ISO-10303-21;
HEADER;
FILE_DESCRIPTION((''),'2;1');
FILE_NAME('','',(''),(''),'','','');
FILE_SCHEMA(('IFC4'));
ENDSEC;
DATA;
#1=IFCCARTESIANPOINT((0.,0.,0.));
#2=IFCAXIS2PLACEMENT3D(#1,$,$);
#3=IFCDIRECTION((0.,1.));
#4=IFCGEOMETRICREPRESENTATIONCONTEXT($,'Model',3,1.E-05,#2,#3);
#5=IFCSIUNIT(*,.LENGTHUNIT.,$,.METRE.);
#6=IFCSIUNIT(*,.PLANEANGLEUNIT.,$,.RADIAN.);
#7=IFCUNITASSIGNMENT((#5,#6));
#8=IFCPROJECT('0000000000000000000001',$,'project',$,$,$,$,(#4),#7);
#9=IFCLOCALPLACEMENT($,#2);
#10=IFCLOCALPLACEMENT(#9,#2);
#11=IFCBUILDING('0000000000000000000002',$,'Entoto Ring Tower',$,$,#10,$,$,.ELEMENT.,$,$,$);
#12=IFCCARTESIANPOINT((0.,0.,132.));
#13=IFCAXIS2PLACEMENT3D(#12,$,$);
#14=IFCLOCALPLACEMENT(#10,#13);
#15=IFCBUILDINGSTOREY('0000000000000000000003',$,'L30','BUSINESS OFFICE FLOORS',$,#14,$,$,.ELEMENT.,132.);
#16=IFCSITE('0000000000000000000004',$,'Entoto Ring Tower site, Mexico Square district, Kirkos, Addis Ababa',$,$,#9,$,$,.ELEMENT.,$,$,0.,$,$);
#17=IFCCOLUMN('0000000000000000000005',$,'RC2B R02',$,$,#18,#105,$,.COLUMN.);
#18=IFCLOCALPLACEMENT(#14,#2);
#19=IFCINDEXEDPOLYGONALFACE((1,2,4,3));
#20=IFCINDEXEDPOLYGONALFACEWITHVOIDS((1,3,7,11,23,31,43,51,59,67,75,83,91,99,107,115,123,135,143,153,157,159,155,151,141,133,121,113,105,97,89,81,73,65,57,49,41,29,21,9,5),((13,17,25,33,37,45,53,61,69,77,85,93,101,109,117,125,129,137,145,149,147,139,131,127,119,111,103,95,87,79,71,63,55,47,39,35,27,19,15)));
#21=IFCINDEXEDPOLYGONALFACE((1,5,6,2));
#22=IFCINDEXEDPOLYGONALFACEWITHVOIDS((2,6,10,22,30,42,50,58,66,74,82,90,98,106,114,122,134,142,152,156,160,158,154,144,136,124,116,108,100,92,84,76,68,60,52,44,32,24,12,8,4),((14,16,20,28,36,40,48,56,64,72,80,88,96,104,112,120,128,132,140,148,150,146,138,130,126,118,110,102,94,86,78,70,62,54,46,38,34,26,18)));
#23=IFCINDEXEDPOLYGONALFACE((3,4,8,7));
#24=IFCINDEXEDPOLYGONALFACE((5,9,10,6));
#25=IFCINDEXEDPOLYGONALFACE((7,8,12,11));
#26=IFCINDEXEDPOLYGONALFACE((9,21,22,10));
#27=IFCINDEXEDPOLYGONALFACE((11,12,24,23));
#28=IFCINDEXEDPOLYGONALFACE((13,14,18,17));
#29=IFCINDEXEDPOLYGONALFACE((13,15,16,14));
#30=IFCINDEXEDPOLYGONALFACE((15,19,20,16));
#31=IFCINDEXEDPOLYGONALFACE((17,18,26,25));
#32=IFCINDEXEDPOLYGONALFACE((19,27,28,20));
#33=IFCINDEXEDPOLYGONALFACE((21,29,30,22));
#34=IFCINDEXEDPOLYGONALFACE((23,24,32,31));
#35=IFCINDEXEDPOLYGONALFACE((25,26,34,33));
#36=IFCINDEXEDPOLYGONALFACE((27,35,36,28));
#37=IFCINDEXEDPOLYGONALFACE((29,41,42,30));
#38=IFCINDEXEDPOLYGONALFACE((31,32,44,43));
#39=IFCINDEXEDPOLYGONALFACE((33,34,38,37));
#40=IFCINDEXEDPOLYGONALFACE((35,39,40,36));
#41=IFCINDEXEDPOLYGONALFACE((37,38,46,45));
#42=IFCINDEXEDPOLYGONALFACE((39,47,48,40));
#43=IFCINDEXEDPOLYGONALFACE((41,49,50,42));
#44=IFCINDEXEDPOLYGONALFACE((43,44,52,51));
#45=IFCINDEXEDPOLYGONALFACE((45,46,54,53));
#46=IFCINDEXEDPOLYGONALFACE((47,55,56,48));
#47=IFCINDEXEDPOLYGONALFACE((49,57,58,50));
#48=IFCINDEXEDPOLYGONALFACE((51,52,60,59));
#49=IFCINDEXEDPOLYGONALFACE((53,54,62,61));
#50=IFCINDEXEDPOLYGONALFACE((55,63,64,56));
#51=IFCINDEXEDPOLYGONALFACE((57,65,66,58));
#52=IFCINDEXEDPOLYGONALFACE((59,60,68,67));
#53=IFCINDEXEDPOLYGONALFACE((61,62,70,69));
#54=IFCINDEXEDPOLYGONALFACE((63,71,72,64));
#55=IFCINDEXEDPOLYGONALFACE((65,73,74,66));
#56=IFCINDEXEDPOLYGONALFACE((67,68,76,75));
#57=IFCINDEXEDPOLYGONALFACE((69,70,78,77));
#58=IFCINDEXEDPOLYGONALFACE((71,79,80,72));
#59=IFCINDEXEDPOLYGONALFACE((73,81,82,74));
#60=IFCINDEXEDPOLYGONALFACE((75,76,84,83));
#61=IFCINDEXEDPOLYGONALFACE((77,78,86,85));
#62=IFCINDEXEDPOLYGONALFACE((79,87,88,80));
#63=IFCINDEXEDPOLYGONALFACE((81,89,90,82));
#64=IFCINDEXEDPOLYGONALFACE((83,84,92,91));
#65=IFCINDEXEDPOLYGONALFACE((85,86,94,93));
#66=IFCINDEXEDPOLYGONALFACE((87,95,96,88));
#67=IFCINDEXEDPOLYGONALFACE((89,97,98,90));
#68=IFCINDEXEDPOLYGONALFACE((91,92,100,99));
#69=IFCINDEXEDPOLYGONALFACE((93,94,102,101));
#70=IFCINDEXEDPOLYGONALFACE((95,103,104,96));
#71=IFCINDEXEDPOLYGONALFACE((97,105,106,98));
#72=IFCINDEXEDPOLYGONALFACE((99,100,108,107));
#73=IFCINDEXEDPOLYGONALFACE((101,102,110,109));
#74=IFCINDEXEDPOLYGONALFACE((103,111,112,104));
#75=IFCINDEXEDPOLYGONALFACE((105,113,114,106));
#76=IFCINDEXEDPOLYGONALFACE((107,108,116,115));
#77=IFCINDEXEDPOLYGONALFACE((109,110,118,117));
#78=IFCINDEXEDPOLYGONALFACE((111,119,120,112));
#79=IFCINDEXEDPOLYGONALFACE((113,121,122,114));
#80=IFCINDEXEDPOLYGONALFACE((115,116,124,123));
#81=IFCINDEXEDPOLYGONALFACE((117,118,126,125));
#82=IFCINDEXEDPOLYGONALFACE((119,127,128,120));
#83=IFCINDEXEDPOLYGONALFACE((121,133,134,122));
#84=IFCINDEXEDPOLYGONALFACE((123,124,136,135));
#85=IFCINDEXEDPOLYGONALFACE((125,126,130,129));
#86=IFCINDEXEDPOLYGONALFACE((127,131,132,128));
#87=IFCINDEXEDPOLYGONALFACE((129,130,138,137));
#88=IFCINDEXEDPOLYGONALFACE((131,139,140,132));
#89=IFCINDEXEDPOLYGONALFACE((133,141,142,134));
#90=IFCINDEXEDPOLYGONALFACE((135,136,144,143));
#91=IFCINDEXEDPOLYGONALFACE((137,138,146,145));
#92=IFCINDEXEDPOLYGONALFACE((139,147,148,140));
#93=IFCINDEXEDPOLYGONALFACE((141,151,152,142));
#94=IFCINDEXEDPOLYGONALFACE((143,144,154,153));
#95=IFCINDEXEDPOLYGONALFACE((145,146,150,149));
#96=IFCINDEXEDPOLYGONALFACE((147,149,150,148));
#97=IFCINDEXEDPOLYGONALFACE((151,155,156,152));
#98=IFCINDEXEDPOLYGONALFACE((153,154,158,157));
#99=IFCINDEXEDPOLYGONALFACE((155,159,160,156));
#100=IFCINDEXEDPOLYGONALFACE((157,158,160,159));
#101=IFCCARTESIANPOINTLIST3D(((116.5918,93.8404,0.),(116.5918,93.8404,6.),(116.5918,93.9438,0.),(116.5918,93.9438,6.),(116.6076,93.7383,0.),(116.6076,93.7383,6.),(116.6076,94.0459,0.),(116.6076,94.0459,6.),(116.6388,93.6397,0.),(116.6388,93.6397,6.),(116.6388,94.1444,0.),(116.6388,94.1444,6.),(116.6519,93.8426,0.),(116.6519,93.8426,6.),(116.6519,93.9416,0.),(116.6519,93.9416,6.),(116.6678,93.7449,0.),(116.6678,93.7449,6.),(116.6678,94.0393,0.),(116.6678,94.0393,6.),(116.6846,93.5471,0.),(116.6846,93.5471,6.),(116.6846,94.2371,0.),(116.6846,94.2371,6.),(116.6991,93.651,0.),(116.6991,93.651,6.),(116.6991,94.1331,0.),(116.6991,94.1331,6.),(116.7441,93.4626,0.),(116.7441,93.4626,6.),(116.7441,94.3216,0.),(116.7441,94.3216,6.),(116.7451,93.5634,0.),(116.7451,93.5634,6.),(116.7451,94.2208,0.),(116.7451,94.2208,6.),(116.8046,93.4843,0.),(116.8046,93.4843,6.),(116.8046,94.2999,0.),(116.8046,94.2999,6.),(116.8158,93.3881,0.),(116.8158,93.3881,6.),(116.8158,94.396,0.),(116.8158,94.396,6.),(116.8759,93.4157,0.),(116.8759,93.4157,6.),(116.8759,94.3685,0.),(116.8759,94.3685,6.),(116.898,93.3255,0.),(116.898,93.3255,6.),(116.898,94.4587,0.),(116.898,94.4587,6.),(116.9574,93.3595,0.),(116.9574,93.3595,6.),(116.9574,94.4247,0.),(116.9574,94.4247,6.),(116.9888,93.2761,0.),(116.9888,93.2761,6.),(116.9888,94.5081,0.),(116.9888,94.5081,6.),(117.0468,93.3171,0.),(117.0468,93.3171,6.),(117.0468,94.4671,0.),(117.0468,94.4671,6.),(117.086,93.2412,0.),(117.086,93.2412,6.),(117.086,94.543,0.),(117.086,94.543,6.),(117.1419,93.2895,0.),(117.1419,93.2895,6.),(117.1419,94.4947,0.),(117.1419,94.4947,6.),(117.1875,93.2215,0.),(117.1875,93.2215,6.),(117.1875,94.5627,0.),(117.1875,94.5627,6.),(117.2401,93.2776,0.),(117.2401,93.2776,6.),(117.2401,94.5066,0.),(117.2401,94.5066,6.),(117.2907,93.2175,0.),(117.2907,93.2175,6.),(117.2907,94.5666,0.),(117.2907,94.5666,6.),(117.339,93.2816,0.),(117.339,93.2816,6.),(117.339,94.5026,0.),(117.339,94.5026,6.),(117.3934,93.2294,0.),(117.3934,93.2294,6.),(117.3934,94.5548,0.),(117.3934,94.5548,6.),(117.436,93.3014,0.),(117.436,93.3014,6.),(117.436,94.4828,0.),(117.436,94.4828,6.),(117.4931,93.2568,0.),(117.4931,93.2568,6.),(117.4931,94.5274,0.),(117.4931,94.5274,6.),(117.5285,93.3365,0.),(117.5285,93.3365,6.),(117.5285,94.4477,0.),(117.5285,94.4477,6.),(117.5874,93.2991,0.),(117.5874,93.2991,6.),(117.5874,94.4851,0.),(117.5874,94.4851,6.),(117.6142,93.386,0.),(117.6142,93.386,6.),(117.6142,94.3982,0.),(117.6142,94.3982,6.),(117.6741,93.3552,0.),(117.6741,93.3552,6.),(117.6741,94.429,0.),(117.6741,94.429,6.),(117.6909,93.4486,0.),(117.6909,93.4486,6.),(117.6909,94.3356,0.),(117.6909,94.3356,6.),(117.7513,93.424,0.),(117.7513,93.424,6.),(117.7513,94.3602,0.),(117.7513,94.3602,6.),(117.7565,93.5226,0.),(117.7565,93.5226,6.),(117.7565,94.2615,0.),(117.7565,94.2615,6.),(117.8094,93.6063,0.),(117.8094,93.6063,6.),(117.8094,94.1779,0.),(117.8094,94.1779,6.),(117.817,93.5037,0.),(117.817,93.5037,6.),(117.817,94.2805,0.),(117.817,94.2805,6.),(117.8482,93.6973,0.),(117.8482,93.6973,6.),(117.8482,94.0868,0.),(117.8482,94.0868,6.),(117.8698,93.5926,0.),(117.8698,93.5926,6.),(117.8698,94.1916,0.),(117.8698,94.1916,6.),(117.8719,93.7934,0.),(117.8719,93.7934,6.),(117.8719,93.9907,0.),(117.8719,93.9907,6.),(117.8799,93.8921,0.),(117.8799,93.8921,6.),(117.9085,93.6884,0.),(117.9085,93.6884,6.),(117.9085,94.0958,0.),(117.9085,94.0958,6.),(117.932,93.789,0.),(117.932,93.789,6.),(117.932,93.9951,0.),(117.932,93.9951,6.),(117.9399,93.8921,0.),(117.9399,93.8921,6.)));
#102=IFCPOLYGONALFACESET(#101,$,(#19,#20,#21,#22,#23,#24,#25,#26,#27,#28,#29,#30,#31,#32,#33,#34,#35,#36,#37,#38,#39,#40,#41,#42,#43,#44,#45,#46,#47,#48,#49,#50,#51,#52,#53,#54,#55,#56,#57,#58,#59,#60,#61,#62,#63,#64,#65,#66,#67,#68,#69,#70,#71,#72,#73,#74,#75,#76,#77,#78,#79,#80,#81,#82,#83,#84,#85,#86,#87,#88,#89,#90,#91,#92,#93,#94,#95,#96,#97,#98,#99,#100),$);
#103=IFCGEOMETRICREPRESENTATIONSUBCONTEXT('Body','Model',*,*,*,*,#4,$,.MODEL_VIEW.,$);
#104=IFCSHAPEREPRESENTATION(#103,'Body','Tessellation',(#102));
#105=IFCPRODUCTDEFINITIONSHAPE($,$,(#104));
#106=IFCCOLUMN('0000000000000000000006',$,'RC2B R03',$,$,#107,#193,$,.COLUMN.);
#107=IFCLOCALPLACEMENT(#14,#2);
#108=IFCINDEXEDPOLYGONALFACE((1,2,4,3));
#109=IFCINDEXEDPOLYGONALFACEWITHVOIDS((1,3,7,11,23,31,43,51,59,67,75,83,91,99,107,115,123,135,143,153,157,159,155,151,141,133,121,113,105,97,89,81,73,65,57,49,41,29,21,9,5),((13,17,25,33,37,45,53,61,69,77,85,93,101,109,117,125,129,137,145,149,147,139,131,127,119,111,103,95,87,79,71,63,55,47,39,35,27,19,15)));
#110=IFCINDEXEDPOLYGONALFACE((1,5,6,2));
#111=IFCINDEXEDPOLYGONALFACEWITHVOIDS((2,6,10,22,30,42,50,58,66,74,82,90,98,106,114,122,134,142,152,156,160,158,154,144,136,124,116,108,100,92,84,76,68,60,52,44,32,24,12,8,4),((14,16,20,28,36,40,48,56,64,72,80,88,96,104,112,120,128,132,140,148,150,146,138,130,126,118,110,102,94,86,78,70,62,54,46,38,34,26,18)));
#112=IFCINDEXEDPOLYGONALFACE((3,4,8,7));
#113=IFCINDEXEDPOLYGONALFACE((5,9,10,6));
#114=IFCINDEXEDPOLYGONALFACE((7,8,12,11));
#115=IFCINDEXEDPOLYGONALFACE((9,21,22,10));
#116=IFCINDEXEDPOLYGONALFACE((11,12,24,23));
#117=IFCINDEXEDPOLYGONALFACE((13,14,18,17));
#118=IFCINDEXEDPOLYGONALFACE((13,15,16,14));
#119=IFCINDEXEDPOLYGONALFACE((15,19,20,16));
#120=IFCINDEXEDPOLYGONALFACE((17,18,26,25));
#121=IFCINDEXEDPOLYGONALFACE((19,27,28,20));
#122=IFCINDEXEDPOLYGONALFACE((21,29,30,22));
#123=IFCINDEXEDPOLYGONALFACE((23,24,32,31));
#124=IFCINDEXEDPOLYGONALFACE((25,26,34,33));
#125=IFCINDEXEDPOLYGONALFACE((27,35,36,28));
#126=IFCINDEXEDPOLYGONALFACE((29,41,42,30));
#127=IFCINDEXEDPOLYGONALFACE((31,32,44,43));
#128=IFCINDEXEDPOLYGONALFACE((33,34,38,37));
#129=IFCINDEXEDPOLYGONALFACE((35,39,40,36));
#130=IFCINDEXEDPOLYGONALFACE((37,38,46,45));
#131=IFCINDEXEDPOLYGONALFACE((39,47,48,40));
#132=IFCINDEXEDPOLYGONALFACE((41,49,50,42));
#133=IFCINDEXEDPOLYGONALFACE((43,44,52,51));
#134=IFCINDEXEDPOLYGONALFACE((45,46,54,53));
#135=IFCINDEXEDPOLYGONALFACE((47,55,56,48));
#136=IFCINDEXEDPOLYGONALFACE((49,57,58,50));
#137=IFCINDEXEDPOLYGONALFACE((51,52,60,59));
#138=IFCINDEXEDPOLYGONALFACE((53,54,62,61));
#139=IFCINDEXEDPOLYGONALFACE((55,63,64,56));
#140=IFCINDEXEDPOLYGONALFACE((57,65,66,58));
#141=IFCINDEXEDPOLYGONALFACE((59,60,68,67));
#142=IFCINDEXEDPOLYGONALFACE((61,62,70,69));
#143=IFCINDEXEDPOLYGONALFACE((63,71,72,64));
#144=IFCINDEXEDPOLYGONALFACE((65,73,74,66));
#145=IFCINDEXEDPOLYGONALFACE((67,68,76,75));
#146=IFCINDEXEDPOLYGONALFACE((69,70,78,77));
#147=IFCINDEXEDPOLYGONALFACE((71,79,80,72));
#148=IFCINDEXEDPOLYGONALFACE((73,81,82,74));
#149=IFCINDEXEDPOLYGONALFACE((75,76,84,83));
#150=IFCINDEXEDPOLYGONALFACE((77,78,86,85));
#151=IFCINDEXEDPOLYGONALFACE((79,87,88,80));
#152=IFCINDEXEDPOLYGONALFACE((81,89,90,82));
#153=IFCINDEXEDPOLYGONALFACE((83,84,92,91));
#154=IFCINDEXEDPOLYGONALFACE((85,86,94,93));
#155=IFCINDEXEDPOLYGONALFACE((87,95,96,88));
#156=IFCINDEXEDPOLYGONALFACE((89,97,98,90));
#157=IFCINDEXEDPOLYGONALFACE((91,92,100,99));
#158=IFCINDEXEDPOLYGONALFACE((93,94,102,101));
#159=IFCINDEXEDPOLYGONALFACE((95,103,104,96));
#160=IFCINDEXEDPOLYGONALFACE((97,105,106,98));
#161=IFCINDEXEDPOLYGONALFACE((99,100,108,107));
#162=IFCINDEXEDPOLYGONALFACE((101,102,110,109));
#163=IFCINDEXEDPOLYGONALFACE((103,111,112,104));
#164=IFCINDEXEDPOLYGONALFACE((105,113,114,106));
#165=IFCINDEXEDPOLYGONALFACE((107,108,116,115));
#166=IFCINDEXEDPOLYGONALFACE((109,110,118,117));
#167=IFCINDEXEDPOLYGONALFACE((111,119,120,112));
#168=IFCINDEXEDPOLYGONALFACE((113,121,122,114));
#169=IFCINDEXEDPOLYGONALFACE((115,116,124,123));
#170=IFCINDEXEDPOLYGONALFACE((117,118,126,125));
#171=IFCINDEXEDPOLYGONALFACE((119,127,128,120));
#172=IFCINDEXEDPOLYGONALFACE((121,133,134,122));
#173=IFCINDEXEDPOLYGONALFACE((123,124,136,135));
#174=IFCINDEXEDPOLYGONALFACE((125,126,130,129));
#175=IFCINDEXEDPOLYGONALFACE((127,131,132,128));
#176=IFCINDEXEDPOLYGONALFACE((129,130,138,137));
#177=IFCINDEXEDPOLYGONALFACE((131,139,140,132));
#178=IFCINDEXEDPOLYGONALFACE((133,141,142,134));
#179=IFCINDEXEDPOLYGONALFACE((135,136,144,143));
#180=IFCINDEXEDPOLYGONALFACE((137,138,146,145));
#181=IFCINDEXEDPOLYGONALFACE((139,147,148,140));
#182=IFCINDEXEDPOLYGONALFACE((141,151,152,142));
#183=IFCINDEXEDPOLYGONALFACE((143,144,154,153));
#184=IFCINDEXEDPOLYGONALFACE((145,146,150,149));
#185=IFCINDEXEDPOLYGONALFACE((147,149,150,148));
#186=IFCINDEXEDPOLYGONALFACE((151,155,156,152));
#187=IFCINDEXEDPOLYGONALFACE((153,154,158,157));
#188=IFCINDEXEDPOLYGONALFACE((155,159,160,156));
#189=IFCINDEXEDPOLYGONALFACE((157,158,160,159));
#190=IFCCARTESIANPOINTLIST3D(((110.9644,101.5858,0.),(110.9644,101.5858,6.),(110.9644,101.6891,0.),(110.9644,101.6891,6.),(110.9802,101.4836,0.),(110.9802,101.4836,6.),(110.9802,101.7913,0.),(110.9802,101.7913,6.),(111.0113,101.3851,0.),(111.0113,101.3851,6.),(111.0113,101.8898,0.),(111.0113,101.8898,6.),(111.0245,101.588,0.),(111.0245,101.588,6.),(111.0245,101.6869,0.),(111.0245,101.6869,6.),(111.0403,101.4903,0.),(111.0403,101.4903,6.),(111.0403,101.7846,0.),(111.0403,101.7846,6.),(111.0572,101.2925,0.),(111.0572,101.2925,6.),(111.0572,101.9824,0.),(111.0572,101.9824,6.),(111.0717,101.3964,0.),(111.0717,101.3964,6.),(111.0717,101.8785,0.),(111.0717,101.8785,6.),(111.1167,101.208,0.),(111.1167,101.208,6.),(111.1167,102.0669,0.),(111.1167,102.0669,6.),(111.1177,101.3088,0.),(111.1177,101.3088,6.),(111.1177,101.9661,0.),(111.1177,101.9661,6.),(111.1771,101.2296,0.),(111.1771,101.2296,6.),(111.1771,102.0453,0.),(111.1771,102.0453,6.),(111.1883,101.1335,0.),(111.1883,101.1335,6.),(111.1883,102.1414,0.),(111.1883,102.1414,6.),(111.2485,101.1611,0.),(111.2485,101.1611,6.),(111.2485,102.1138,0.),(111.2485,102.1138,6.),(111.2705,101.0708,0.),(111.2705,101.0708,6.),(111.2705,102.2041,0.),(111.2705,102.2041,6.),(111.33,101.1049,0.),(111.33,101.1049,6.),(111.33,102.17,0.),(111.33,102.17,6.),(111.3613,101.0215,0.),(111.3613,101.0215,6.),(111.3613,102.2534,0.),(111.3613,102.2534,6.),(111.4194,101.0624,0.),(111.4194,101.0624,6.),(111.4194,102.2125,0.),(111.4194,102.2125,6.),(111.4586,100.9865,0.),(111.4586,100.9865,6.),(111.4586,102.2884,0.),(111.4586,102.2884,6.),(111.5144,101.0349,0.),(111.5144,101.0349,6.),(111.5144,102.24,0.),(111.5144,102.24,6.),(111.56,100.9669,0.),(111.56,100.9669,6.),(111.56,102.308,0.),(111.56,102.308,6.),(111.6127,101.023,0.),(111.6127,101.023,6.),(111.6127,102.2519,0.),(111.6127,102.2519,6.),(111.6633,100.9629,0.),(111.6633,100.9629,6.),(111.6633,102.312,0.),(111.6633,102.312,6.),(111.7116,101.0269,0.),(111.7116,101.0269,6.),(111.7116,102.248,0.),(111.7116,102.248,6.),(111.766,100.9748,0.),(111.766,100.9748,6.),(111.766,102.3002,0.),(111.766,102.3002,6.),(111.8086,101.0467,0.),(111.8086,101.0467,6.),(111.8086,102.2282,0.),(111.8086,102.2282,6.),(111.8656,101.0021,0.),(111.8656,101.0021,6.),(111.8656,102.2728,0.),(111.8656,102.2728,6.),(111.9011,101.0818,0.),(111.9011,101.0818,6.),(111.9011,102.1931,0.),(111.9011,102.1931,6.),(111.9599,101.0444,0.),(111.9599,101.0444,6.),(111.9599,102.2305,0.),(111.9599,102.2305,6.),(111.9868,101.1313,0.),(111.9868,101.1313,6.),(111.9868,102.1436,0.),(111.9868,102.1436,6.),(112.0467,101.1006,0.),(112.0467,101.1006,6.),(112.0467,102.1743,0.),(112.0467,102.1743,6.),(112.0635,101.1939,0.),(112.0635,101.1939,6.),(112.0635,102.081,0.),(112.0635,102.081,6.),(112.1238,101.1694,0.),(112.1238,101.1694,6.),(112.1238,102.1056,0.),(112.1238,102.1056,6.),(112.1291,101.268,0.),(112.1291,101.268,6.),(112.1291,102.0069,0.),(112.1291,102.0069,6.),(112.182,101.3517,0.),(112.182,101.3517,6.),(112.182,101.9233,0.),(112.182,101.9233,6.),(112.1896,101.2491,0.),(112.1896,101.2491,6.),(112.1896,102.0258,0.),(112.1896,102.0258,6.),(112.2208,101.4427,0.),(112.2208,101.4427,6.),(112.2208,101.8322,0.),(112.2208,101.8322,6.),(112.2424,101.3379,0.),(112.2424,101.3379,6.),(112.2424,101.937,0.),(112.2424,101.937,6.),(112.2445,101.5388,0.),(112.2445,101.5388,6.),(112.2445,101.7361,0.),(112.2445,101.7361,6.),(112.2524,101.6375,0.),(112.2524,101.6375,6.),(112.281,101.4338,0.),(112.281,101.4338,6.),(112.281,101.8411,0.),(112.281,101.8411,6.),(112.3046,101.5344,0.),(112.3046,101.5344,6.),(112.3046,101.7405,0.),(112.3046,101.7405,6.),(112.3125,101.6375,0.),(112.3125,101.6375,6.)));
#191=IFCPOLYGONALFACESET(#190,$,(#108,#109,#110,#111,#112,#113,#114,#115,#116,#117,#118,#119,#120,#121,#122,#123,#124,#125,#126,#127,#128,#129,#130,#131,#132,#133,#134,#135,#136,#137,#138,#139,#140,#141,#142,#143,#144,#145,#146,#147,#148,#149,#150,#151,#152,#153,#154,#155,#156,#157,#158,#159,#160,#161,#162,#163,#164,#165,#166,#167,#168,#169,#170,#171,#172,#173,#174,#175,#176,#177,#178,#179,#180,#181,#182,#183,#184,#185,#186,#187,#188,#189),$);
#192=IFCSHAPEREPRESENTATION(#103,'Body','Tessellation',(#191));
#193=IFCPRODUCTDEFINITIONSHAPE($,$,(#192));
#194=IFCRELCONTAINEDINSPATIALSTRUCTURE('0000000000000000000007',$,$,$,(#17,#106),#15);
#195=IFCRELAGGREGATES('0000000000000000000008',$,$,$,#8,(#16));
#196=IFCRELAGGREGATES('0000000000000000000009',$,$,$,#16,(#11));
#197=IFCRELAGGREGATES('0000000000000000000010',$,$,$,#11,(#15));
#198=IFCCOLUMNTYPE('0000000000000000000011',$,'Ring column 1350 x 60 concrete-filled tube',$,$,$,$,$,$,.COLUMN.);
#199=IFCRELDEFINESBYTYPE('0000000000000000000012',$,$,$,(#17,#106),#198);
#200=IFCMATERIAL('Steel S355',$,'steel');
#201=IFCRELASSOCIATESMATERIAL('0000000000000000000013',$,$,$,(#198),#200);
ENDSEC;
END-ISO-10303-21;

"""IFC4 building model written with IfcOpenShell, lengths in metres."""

from ifc_helpers import new_model, si_unit, direction, frame, origin, origin_2d, place, context, subcontext, project, spatial, circle, hollow_circle, extrude, material, material_profile, profile_set, type_object, element, save


model = new_model("IFC4")

# Units and contexts
model_context = context("Model", 3, precision=1e-05, world=origin(), true_north=direction((0.0, 1.0)))
body_context = subcontext(model_context, "Body", "Model", "MODEL_VIEW")
ifc_project = project(units=[si_unit("LENGTHUNIT", "METRE"), si_unit("PLANEANGLEUNIT", "RADIAN")], contexts=[model_context])

# Site, building, storey
site_placement = place(None, origin())
site = spatial("IfcSite", under=ifc_project, at=site_placement, Name="Entoto Ring Tower site, Mexico Square district, Kirkos, Addis Ababa", CompositionType="ELEMENT", RefElevation=0.0)
building_placement = place(site_placement, origin())
building = spatial("IfcBuilding", under=site, at=building_placement, Name="Entoto Ring Tower", CompositionType="ELEMENT")
storey_placement = place(building_placement, frame((0.0, 0.0, 132.0)))
storey = spatial("IfcBuildingStorey", under=building, at=storey_placement, Name="L30", Description="BUSINESS OFFICE FLOORS", CompositionType="ELEMENT", Elevation=132.0)

# Columns
ifc_material_1 = material(Name="Steel S355", Category="steel")
ifc_material_profile_1 = material_profile(ifc_material_1, hollow_circle(Radius=0.675, WallThickness=0.0601, at=origin_2d()), Name="CHS 1350 x 60")
ifc_material_2 = material(Name="Concrete C60/75", Category="concrete")
ifc_material_profile_2 = material_profile(ifc_material_2, circle(Radius=0.615, at=origin_2d()), Name="Concrete C60/75 infill")
ifc_profile_set_1 = profile_set([ifc_material_profile_1, ifc_material_profile_2], Name="Steel S355")
column_type = type_object("IfcColumnType", Name="Ring column 1350 x 60 concrete-filled tube", PredefinedType="COLUMN", material=ifc_profile_set_1)
for number, where, z_axis, x_axis, name in (
    (1, (117.2649, 93.8921, 0.0), (0.0, 0.0, 1.0), (1.0, 0.0, 0.0), "RC2B R02"),
    (2, (111.6375, 101.6375, 0.0), (0.0, 0.0, 1.0), (1.0, 0.0, 0.0), "RC2B R03"),
):
    element("IfcColumn", number, at=place(storey_placement, frame(where, z_axis=z_axis, x_axis=x_axis)), inside=storey, type_object=column_type, Name=name, PredefinedType="COLUMN", context=body_context, shape_type="SweptSolid", body=[
        extrude(hollow_circle(Radius=0.675, WallThickness=0.0601, at=origin_2d()), origin(), (0.0, 0.0, 1.0), 6.0),
    ])

save(model, "model.ifc")
